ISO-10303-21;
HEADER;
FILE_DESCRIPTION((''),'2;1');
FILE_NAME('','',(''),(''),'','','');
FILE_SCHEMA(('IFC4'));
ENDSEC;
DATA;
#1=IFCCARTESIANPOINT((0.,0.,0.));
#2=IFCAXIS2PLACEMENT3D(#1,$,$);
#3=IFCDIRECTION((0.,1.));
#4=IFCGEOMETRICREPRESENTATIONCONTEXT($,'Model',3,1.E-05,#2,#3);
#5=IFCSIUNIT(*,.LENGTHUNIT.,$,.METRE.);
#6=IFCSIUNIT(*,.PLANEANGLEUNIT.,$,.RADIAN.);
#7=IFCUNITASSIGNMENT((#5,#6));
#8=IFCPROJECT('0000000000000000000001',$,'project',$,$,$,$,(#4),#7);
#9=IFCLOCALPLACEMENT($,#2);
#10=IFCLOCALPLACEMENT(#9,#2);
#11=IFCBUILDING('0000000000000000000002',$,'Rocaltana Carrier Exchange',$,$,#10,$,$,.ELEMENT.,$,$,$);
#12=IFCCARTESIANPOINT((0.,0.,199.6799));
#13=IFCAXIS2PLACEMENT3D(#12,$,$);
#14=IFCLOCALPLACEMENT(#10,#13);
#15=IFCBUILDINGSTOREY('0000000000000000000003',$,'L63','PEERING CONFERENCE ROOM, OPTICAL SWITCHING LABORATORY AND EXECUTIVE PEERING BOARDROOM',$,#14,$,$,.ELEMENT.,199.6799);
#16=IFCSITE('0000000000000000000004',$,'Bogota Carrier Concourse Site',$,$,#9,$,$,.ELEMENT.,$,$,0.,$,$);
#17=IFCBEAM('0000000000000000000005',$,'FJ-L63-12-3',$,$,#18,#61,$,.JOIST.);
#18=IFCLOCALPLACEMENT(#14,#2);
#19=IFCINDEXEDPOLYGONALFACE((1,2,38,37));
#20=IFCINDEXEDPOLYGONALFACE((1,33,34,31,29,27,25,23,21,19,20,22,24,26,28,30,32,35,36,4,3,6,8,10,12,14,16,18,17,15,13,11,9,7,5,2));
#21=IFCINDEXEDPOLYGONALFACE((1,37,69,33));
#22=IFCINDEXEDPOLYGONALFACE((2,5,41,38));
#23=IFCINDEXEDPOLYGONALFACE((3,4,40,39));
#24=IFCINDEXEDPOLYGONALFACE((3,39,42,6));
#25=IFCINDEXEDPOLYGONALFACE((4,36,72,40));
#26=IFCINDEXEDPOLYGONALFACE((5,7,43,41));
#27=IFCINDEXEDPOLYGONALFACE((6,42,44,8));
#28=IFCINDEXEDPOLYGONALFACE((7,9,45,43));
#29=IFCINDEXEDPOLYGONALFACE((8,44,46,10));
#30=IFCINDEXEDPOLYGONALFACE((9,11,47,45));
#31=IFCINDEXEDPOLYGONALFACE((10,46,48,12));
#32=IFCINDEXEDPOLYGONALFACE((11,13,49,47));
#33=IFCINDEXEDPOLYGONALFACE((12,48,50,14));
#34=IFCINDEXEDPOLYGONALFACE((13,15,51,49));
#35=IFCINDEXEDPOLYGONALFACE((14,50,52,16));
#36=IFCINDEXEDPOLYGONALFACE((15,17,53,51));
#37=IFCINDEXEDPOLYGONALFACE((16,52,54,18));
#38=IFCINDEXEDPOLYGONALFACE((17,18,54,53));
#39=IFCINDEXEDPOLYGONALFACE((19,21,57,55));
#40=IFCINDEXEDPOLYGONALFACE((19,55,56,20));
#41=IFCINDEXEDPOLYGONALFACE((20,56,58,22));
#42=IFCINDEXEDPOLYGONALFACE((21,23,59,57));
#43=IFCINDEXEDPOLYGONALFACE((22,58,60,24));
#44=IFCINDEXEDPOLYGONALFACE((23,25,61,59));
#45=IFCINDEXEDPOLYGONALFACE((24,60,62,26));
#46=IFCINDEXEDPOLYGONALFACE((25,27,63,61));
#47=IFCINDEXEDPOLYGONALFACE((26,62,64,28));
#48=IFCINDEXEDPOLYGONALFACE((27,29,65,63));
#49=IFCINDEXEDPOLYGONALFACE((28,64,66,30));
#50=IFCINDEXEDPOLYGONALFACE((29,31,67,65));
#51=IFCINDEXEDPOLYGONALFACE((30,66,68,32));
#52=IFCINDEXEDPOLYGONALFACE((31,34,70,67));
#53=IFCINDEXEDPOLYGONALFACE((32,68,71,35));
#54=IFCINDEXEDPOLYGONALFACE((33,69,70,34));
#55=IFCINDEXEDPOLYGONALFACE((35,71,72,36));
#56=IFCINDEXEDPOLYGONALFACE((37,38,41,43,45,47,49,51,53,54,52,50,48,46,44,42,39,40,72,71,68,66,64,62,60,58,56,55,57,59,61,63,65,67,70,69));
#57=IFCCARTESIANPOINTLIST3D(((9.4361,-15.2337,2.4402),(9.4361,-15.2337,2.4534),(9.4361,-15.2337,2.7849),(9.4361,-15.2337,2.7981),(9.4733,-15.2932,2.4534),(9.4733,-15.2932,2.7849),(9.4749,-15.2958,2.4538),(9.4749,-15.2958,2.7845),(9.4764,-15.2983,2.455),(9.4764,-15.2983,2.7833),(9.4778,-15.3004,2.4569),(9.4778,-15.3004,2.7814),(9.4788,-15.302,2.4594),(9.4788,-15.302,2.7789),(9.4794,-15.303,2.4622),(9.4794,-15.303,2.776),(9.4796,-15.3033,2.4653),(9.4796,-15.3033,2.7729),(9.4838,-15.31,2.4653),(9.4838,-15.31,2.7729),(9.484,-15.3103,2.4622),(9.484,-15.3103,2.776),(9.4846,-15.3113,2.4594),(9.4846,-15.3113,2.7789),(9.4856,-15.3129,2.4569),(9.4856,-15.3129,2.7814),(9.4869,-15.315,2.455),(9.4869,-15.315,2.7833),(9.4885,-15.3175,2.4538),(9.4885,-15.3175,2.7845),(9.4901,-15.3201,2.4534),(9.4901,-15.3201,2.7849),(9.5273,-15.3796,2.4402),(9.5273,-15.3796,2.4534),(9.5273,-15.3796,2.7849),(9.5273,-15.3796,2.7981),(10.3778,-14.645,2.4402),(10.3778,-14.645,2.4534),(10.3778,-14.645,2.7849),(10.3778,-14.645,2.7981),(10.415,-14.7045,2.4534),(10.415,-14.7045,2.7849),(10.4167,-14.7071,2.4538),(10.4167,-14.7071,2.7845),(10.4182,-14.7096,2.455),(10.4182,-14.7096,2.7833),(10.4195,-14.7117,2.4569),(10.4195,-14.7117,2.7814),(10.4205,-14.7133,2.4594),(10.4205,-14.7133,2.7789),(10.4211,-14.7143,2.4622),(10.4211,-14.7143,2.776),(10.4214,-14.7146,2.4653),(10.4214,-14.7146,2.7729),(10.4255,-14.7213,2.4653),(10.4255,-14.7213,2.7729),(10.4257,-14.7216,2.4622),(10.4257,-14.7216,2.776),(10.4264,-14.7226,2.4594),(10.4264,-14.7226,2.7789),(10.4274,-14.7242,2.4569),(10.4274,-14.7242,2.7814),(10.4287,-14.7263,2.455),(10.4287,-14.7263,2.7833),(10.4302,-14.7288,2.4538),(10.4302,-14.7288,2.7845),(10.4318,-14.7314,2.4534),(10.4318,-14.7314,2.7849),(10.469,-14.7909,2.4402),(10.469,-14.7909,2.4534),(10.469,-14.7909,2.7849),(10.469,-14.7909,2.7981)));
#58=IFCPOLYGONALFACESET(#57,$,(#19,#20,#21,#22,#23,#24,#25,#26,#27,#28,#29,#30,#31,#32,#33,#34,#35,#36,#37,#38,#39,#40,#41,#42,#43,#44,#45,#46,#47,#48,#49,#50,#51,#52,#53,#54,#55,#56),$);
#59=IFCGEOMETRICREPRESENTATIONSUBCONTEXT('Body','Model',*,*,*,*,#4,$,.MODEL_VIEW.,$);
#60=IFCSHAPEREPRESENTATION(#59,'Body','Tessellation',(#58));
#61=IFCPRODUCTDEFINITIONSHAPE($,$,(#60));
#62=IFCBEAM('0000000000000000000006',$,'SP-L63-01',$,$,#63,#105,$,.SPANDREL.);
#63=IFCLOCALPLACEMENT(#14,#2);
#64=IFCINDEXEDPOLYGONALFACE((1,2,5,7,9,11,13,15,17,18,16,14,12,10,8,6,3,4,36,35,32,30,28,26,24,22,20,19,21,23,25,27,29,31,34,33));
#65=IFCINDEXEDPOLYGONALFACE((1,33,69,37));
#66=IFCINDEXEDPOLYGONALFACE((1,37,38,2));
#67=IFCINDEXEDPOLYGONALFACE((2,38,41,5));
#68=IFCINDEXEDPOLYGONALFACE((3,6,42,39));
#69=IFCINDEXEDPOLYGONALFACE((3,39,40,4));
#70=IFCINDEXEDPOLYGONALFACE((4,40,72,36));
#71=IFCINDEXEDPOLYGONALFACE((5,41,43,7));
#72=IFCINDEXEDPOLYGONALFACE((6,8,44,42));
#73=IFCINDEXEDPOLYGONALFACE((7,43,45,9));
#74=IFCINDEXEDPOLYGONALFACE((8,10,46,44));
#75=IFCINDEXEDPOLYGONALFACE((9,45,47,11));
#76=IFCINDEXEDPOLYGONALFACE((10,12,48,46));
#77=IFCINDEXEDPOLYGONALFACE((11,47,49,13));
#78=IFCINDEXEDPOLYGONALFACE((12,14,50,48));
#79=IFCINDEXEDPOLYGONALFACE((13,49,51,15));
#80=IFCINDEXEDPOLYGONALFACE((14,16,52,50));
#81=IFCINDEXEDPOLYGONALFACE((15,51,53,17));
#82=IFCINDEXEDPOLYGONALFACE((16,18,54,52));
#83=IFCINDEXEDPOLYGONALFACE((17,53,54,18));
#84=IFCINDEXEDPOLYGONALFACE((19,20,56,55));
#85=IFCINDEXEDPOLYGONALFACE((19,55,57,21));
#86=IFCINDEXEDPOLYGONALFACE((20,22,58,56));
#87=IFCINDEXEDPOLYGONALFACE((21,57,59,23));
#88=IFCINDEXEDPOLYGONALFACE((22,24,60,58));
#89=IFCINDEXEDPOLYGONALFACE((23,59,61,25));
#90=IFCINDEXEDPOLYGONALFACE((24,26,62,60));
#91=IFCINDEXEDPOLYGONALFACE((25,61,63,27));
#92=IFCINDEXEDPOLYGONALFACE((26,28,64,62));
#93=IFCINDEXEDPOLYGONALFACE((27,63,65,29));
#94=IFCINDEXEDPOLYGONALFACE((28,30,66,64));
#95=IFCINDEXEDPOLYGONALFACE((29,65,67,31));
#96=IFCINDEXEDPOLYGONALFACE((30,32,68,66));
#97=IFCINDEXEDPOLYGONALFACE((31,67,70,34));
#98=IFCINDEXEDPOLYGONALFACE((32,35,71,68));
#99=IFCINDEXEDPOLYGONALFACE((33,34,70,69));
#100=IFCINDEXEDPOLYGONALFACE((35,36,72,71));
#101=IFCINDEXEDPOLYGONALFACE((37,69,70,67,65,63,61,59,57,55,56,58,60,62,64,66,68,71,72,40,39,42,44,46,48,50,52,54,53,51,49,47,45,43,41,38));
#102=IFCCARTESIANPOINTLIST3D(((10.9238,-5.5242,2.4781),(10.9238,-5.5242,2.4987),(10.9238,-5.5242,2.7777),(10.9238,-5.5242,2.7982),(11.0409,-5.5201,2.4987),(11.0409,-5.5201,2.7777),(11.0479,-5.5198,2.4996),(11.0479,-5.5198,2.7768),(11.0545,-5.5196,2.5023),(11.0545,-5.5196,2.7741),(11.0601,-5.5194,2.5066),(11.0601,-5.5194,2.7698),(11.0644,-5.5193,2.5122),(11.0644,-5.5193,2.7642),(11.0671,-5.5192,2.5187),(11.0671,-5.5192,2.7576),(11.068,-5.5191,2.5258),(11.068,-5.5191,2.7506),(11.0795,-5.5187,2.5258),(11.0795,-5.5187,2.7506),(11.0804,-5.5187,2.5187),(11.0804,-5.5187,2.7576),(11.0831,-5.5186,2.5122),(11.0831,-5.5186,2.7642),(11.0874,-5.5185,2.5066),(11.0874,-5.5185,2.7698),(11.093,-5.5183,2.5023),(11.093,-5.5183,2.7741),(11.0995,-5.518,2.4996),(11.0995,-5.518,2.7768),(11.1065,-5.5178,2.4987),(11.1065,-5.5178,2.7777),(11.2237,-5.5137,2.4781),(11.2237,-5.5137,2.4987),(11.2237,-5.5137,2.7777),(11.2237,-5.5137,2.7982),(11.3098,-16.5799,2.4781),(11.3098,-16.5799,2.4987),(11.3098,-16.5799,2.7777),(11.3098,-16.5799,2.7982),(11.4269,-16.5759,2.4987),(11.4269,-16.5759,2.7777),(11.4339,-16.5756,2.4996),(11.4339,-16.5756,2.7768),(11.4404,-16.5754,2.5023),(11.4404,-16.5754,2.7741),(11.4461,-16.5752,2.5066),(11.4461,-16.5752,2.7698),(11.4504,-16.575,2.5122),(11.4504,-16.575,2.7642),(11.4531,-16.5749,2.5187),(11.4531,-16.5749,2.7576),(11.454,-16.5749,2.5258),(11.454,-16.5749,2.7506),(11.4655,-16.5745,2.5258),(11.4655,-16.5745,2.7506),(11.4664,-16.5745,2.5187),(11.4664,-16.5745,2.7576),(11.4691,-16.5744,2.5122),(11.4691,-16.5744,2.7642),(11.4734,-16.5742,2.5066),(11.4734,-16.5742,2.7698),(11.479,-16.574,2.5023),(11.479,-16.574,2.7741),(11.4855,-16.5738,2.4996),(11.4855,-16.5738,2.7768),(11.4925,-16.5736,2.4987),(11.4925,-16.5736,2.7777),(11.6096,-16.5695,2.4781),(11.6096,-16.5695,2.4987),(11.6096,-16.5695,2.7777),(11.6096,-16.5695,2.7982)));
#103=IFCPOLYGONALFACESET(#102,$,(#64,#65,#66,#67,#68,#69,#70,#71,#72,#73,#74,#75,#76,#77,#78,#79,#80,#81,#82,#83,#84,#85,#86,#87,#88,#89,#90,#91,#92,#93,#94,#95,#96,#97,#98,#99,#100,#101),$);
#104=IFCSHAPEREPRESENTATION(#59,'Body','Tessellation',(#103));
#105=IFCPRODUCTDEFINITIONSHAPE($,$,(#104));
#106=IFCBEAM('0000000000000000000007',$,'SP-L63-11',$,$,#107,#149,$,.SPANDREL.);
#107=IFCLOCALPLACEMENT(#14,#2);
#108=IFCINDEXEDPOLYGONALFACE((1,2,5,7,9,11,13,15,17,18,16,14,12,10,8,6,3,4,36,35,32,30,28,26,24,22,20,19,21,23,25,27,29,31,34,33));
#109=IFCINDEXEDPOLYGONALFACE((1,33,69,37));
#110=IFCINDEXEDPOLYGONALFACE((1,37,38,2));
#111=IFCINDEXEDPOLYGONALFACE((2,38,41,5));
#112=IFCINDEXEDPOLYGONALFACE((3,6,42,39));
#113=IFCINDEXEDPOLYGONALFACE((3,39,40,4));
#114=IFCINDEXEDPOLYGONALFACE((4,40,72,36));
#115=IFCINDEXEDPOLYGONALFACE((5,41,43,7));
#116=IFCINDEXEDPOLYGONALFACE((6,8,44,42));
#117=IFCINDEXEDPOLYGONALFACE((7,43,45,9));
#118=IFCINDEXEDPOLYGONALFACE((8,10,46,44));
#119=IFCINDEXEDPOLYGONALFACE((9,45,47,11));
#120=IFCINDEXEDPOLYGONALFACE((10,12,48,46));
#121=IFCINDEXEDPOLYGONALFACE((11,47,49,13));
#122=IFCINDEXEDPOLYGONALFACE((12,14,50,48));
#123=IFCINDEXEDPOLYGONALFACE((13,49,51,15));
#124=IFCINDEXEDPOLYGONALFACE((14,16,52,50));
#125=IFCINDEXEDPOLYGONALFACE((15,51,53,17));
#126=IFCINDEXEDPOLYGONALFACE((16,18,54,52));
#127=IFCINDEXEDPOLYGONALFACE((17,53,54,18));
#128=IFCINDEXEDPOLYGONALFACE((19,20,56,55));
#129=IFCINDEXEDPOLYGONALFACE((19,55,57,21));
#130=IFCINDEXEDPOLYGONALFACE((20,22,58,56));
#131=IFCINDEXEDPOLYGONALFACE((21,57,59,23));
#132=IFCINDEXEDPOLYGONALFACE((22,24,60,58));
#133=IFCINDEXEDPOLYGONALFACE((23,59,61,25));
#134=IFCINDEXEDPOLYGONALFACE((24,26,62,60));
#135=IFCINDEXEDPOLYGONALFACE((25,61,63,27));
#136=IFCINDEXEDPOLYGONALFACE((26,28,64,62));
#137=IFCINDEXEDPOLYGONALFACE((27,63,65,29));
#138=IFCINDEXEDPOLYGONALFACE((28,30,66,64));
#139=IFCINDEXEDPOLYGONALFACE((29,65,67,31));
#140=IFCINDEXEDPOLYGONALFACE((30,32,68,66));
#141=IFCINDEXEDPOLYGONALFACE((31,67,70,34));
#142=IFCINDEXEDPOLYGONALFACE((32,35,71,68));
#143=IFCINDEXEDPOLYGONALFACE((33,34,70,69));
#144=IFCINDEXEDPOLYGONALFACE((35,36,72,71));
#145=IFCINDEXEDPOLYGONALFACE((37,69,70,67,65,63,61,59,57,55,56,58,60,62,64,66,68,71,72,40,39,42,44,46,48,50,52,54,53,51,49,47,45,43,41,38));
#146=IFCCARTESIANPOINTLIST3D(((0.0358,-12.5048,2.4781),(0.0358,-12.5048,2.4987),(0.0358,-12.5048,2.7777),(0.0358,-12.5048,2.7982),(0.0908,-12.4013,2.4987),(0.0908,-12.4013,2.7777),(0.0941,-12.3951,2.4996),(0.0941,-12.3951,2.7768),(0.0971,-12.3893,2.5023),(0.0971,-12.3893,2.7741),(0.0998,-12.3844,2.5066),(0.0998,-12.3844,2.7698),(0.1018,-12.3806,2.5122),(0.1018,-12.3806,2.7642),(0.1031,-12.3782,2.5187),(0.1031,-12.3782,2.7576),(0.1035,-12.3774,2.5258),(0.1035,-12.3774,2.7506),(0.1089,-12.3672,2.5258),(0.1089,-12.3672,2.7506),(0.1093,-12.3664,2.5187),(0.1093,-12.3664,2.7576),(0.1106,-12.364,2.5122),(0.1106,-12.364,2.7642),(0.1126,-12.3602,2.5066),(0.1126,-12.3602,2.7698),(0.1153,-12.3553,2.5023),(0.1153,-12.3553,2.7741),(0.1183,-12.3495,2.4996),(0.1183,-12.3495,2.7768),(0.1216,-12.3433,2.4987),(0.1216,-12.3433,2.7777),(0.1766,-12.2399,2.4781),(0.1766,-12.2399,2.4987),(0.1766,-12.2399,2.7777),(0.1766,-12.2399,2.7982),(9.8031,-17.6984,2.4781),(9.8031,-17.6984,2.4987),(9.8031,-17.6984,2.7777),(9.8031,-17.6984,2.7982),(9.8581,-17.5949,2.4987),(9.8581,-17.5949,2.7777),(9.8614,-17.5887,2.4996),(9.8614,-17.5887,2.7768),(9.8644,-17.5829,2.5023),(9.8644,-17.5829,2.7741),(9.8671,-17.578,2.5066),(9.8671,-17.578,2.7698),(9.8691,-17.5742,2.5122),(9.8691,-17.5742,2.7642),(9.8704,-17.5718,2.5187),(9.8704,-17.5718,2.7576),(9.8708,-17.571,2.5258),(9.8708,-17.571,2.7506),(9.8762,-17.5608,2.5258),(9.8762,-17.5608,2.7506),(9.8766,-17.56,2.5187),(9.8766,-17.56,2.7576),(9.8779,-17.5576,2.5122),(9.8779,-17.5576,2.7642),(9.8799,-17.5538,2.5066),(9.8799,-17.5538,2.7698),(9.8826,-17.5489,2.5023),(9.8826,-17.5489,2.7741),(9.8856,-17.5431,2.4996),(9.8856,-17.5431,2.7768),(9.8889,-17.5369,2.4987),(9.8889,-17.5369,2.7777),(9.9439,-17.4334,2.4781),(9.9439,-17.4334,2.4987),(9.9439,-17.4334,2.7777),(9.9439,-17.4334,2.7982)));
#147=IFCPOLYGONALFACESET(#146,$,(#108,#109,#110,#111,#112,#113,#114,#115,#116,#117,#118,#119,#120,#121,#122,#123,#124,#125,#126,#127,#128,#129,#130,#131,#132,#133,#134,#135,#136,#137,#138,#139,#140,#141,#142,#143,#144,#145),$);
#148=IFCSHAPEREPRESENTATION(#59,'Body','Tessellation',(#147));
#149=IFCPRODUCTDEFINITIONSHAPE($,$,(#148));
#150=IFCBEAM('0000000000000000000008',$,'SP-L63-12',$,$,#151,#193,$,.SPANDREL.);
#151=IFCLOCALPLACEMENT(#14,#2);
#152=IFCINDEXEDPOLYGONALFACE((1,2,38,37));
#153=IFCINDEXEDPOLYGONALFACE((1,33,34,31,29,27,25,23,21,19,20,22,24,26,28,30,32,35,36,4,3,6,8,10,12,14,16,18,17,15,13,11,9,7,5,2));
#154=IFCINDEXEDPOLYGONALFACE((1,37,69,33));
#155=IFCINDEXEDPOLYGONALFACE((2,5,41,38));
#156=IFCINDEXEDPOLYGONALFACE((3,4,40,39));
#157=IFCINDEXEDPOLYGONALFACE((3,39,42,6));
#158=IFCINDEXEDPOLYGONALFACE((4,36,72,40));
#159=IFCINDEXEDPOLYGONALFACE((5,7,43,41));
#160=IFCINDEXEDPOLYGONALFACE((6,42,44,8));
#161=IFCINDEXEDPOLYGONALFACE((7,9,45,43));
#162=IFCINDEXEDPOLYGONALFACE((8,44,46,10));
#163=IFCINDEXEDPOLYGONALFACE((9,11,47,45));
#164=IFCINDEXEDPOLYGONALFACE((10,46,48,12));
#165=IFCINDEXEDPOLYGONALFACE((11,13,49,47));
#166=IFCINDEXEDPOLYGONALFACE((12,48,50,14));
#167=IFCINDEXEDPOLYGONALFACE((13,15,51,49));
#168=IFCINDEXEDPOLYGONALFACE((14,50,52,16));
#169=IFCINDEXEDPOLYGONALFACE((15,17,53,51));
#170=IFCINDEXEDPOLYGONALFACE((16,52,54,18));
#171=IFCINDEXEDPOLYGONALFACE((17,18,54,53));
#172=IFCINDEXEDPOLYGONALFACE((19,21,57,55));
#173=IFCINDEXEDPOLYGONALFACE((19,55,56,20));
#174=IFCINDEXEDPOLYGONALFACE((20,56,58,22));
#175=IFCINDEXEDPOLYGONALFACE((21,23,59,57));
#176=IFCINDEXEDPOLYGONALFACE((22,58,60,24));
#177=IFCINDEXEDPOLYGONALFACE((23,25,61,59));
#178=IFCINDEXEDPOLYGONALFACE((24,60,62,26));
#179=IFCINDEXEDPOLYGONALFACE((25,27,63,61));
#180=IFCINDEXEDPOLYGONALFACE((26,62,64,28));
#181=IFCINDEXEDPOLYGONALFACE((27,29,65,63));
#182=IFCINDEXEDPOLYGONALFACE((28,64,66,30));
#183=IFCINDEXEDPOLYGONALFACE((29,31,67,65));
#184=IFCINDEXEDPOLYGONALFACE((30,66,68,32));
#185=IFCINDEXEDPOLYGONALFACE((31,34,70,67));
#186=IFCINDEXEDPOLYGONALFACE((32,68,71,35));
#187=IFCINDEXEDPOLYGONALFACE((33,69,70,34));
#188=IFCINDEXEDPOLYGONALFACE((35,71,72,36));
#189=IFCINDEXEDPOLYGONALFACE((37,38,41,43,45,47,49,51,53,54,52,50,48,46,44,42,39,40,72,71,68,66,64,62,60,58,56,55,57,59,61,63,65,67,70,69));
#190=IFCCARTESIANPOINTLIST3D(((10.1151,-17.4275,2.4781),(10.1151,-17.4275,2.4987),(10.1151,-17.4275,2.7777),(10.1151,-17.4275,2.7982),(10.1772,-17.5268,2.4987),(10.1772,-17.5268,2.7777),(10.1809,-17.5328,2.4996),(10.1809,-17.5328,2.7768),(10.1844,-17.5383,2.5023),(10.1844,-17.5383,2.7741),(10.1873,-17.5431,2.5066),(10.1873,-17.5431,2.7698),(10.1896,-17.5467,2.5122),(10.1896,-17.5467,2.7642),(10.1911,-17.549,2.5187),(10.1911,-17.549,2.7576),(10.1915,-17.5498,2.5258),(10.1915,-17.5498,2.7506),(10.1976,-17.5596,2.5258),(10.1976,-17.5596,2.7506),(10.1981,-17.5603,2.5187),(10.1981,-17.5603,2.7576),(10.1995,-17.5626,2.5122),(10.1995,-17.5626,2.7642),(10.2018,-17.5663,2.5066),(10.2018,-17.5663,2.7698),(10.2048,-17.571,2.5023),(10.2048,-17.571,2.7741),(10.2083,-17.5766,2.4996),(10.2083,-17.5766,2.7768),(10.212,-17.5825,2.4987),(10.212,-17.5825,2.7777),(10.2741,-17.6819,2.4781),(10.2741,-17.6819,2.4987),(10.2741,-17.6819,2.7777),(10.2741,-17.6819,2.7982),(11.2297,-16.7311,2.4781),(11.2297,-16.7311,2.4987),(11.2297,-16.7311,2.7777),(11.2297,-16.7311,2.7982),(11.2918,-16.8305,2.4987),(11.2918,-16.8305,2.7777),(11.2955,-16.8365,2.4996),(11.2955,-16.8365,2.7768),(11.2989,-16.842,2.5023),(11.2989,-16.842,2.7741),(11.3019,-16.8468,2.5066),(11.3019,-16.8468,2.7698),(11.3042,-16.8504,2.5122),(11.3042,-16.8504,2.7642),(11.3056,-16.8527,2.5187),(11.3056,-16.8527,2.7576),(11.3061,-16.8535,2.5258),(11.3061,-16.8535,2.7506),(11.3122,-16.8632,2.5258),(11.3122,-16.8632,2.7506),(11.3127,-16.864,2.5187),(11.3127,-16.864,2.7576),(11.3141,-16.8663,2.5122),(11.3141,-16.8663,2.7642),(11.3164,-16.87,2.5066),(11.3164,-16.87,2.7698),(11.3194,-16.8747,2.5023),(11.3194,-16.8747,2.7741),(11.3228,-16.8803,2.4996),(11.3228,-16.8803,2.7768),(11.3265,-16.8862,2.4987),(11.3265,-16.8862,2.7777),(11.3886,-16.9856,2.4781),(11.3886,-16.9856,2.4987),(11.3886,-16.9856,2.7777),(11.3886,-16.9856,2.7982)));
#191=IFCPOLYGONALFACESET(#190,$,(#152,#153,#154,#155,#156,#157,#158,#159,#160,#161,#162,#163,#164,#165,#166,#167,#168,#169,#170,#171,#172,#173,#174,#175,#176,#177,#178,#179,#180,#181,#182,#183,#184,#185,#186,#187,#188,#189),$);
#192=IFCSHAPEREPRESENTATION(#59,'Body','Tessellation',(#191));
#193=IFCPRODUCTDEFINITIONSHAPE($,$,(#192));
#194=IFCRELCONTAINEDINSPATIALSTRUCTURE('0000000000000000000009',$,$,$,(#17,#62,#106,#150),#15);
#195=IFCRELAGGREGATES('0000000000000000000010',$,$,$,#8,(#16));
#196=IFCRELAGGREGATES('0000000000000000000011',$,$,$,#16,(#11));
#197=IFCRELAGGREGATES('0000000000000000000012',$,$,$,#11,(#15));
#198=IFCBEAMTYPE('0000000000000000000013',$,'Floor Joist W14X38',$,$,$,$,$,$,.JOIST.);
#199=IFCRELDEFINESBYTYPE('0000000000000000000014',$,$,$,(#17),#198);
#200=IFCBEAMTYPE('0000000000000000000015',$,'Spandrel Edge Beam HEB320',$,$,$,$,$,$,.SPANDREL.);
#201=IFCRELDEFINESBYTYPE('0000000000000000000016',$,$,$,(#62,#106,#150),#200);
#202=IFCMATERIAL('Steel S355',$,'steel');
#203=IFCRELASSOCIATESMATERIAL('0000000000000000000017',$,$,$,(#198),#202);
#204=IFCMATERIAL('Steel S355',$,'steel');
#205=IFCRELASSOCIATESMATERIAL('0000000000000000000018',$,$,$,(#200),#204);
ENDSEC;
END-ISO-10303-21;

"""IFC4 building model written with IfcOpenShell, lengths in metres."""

from ifc_helpers import new_model, si_unit, direction, frame, origin, origin_2d, place, context, subcontext, project, spatial, i_section, extrude, material, material_profile, profile_set, type_object, element, save


model = new_model("IFC4")

# Units and contexts
model_context = context("Model", 3, precision=1e-05, world=origin(), true_north=direction((0.0, 1.0)))
body_context = subcontext(model_context, "Body", "Model", "MODEL_VIEW")
ifc_project = project(units=[si_unit("LENGTHUNIT", "METRE"), si_unit("PLANEANGLEUNIT", "RADIAN")], contexts=[model_context])

# Site, building, storey
site_placement = place(None, origin())
site = spatial("IfcSite", under=ifc_project, at=site_placement, Name="Bogota Carrier Concourse Site", CompositionType="ELEMENT", RefElevation=0.0)
building_placement = place(site_placement, origin())
building = spatial("IfcBuilding", under=site, at=building_placement, Name="Rocaltana Carrier Exchange", CompositionType="ELEMENT")
storey_placement = place(building_placement, frame((0.0, 0.0, 199.6799)))
storey = spatial("IfcBuildingStorey", under=building, at=storey_placement, Name="L63", Description="PEERING CONFERENCE ROOM, OPTICAL SWITCHING LABORATORY AND EXECUTIVE PEERING BOARDROOM", CompositionType="ELEMENT", Elevation=199.6799)

# Beams
ifc_material_1 = material(Name="Steel S355", Category="steel")
ifc_material_profile_1 = material_profile(ifc_material_1, i_section(OverallWidth=0.1721, OverallDepth=0.3579, WebThickness=0.0078, FlangeThickness=0.0132, FilletRadius=0.012, at=origin_2d()), Name="W14X38")
ifc_profile_set_1 = profile_set([ifc_material_profile_1], Name="Steel S355")
beam_type_1 = type_object("IfcBeamType", Name="Floor Joist W14X38", PredefinedType="JOIST", material=ifc_profile_set_1)
beam_1_placement = place(storey_placement, frame((9.4817, -15.3066, 2.6191), z_axis=(0.847961, 0.530058, 0.0), x_axis=(-0.530058, 0.847961, 0.0)))
element("IfcBeam", 1, at=beam_1_placement, inside=storey, type_object=beam_type_1, Name="FJ-L63-12-3", PredefinedType="JOIST", context=body_context, shape_type="SweptSolid", body=[
    extrude(i_section(OverallWidth=0.1721, OverallDepth=0.3579, WebThickness=0.0078, FlangeThickness=0.0132, FilletRadius=0.012, at=origin_2d()), origin(), (0.0, 0.0, 1.0), 1.1106),
])
ifc_material_2 = material(Name="Steel S355", Category="steel")
ifc_material_profile_2 = material_profile(ifc_material_2, i_section(OverallWidth=0.3, OverallDepth=0.3201, WebThickness=0.0115, FlangeThickness=0.0205, FilletRadius=0.0271, at=origin_2d()), Name="HEB320")
ifc_profile_set_2 = profile_set([ifc_material_profile_2], Name="Steel S355")
beam_type_2 = type_object("IfcBeamType", Name="Spandrel Edge Beam HEB320", PredefinedType="SPANDREL", material=ifc_profile_set_2)
beam_2_placement = place(storey_placement, frame((11.4597, -16.5747, 2.6382), z_axis=(-0.034892, 0.999391, 0.0), x_axis=(-0.999391, -0.034892, 0.0)))
element("IfcBeam", 2, at=beam_2_placement, inside=storey, type_object=beam_type_2, Name="SP-L63-01", PredefinedType="SPANDREL", context=body_context, shape_type="SweptSolid", body=[
    extrude(i_section(OverallWidth=0.3, OverallDepth=0.3201, WebThickness=0.0115, FlangeThickness=0.0205, FilletRadius=0.0271, at=origin_2d()), origin(), (0.0, 0.0, 1.0), 11.0625),
])
beam_3_placement = place(storey_placement, frame((0.1062, -12.3723, 2.6382), z_axis=(0.882939, -0.469487, 0.0), x_axis=(0.469487, 0.882939, 0.0)))
element("IfcBeam", 3, at=beam_3_placement, inside=storey, type_object=beam_type_2, Name="SP-L63-11", PredefinedType="SPANDREL", context=body_context, shape_type="SweptSolid", body=[
    extrude(i_section(OverallWidth=0.3, OverallDepth=0.3201, WebThickness=0.0115, FlangeThickness=0.0205, FilletRadius=0.0271, at=origin_2d()), origin(), (0.0, 0.0, 1.0), 11.0623),
])
beam_4_placement = place(storey_placement, frame((10.1946, -17.5547, 2.6382), z_axis=(0.848092, 0.529849, 0.0), x_axis=(-0.529849, 0.848092, 0.0)))
element("IfcBeam", 4, at=beam_4_placement, inside=storey, type_object=beam_type_2, Name="SP-L63-12", PredefinedType="SPANDREL", context=body_context, shape_type="SweptSolid", body=[
    extrude(i_section(OverallWidth=0.3, OverallDepth=0.3201, WebThickness=0.0115, FlangeThickness=0.0205, FilletRadius=0.0271, at=origin_2d()), origin(), (0.0, 0.0, 1.0), 1.3142),
])

save(model, "model.ifc")
